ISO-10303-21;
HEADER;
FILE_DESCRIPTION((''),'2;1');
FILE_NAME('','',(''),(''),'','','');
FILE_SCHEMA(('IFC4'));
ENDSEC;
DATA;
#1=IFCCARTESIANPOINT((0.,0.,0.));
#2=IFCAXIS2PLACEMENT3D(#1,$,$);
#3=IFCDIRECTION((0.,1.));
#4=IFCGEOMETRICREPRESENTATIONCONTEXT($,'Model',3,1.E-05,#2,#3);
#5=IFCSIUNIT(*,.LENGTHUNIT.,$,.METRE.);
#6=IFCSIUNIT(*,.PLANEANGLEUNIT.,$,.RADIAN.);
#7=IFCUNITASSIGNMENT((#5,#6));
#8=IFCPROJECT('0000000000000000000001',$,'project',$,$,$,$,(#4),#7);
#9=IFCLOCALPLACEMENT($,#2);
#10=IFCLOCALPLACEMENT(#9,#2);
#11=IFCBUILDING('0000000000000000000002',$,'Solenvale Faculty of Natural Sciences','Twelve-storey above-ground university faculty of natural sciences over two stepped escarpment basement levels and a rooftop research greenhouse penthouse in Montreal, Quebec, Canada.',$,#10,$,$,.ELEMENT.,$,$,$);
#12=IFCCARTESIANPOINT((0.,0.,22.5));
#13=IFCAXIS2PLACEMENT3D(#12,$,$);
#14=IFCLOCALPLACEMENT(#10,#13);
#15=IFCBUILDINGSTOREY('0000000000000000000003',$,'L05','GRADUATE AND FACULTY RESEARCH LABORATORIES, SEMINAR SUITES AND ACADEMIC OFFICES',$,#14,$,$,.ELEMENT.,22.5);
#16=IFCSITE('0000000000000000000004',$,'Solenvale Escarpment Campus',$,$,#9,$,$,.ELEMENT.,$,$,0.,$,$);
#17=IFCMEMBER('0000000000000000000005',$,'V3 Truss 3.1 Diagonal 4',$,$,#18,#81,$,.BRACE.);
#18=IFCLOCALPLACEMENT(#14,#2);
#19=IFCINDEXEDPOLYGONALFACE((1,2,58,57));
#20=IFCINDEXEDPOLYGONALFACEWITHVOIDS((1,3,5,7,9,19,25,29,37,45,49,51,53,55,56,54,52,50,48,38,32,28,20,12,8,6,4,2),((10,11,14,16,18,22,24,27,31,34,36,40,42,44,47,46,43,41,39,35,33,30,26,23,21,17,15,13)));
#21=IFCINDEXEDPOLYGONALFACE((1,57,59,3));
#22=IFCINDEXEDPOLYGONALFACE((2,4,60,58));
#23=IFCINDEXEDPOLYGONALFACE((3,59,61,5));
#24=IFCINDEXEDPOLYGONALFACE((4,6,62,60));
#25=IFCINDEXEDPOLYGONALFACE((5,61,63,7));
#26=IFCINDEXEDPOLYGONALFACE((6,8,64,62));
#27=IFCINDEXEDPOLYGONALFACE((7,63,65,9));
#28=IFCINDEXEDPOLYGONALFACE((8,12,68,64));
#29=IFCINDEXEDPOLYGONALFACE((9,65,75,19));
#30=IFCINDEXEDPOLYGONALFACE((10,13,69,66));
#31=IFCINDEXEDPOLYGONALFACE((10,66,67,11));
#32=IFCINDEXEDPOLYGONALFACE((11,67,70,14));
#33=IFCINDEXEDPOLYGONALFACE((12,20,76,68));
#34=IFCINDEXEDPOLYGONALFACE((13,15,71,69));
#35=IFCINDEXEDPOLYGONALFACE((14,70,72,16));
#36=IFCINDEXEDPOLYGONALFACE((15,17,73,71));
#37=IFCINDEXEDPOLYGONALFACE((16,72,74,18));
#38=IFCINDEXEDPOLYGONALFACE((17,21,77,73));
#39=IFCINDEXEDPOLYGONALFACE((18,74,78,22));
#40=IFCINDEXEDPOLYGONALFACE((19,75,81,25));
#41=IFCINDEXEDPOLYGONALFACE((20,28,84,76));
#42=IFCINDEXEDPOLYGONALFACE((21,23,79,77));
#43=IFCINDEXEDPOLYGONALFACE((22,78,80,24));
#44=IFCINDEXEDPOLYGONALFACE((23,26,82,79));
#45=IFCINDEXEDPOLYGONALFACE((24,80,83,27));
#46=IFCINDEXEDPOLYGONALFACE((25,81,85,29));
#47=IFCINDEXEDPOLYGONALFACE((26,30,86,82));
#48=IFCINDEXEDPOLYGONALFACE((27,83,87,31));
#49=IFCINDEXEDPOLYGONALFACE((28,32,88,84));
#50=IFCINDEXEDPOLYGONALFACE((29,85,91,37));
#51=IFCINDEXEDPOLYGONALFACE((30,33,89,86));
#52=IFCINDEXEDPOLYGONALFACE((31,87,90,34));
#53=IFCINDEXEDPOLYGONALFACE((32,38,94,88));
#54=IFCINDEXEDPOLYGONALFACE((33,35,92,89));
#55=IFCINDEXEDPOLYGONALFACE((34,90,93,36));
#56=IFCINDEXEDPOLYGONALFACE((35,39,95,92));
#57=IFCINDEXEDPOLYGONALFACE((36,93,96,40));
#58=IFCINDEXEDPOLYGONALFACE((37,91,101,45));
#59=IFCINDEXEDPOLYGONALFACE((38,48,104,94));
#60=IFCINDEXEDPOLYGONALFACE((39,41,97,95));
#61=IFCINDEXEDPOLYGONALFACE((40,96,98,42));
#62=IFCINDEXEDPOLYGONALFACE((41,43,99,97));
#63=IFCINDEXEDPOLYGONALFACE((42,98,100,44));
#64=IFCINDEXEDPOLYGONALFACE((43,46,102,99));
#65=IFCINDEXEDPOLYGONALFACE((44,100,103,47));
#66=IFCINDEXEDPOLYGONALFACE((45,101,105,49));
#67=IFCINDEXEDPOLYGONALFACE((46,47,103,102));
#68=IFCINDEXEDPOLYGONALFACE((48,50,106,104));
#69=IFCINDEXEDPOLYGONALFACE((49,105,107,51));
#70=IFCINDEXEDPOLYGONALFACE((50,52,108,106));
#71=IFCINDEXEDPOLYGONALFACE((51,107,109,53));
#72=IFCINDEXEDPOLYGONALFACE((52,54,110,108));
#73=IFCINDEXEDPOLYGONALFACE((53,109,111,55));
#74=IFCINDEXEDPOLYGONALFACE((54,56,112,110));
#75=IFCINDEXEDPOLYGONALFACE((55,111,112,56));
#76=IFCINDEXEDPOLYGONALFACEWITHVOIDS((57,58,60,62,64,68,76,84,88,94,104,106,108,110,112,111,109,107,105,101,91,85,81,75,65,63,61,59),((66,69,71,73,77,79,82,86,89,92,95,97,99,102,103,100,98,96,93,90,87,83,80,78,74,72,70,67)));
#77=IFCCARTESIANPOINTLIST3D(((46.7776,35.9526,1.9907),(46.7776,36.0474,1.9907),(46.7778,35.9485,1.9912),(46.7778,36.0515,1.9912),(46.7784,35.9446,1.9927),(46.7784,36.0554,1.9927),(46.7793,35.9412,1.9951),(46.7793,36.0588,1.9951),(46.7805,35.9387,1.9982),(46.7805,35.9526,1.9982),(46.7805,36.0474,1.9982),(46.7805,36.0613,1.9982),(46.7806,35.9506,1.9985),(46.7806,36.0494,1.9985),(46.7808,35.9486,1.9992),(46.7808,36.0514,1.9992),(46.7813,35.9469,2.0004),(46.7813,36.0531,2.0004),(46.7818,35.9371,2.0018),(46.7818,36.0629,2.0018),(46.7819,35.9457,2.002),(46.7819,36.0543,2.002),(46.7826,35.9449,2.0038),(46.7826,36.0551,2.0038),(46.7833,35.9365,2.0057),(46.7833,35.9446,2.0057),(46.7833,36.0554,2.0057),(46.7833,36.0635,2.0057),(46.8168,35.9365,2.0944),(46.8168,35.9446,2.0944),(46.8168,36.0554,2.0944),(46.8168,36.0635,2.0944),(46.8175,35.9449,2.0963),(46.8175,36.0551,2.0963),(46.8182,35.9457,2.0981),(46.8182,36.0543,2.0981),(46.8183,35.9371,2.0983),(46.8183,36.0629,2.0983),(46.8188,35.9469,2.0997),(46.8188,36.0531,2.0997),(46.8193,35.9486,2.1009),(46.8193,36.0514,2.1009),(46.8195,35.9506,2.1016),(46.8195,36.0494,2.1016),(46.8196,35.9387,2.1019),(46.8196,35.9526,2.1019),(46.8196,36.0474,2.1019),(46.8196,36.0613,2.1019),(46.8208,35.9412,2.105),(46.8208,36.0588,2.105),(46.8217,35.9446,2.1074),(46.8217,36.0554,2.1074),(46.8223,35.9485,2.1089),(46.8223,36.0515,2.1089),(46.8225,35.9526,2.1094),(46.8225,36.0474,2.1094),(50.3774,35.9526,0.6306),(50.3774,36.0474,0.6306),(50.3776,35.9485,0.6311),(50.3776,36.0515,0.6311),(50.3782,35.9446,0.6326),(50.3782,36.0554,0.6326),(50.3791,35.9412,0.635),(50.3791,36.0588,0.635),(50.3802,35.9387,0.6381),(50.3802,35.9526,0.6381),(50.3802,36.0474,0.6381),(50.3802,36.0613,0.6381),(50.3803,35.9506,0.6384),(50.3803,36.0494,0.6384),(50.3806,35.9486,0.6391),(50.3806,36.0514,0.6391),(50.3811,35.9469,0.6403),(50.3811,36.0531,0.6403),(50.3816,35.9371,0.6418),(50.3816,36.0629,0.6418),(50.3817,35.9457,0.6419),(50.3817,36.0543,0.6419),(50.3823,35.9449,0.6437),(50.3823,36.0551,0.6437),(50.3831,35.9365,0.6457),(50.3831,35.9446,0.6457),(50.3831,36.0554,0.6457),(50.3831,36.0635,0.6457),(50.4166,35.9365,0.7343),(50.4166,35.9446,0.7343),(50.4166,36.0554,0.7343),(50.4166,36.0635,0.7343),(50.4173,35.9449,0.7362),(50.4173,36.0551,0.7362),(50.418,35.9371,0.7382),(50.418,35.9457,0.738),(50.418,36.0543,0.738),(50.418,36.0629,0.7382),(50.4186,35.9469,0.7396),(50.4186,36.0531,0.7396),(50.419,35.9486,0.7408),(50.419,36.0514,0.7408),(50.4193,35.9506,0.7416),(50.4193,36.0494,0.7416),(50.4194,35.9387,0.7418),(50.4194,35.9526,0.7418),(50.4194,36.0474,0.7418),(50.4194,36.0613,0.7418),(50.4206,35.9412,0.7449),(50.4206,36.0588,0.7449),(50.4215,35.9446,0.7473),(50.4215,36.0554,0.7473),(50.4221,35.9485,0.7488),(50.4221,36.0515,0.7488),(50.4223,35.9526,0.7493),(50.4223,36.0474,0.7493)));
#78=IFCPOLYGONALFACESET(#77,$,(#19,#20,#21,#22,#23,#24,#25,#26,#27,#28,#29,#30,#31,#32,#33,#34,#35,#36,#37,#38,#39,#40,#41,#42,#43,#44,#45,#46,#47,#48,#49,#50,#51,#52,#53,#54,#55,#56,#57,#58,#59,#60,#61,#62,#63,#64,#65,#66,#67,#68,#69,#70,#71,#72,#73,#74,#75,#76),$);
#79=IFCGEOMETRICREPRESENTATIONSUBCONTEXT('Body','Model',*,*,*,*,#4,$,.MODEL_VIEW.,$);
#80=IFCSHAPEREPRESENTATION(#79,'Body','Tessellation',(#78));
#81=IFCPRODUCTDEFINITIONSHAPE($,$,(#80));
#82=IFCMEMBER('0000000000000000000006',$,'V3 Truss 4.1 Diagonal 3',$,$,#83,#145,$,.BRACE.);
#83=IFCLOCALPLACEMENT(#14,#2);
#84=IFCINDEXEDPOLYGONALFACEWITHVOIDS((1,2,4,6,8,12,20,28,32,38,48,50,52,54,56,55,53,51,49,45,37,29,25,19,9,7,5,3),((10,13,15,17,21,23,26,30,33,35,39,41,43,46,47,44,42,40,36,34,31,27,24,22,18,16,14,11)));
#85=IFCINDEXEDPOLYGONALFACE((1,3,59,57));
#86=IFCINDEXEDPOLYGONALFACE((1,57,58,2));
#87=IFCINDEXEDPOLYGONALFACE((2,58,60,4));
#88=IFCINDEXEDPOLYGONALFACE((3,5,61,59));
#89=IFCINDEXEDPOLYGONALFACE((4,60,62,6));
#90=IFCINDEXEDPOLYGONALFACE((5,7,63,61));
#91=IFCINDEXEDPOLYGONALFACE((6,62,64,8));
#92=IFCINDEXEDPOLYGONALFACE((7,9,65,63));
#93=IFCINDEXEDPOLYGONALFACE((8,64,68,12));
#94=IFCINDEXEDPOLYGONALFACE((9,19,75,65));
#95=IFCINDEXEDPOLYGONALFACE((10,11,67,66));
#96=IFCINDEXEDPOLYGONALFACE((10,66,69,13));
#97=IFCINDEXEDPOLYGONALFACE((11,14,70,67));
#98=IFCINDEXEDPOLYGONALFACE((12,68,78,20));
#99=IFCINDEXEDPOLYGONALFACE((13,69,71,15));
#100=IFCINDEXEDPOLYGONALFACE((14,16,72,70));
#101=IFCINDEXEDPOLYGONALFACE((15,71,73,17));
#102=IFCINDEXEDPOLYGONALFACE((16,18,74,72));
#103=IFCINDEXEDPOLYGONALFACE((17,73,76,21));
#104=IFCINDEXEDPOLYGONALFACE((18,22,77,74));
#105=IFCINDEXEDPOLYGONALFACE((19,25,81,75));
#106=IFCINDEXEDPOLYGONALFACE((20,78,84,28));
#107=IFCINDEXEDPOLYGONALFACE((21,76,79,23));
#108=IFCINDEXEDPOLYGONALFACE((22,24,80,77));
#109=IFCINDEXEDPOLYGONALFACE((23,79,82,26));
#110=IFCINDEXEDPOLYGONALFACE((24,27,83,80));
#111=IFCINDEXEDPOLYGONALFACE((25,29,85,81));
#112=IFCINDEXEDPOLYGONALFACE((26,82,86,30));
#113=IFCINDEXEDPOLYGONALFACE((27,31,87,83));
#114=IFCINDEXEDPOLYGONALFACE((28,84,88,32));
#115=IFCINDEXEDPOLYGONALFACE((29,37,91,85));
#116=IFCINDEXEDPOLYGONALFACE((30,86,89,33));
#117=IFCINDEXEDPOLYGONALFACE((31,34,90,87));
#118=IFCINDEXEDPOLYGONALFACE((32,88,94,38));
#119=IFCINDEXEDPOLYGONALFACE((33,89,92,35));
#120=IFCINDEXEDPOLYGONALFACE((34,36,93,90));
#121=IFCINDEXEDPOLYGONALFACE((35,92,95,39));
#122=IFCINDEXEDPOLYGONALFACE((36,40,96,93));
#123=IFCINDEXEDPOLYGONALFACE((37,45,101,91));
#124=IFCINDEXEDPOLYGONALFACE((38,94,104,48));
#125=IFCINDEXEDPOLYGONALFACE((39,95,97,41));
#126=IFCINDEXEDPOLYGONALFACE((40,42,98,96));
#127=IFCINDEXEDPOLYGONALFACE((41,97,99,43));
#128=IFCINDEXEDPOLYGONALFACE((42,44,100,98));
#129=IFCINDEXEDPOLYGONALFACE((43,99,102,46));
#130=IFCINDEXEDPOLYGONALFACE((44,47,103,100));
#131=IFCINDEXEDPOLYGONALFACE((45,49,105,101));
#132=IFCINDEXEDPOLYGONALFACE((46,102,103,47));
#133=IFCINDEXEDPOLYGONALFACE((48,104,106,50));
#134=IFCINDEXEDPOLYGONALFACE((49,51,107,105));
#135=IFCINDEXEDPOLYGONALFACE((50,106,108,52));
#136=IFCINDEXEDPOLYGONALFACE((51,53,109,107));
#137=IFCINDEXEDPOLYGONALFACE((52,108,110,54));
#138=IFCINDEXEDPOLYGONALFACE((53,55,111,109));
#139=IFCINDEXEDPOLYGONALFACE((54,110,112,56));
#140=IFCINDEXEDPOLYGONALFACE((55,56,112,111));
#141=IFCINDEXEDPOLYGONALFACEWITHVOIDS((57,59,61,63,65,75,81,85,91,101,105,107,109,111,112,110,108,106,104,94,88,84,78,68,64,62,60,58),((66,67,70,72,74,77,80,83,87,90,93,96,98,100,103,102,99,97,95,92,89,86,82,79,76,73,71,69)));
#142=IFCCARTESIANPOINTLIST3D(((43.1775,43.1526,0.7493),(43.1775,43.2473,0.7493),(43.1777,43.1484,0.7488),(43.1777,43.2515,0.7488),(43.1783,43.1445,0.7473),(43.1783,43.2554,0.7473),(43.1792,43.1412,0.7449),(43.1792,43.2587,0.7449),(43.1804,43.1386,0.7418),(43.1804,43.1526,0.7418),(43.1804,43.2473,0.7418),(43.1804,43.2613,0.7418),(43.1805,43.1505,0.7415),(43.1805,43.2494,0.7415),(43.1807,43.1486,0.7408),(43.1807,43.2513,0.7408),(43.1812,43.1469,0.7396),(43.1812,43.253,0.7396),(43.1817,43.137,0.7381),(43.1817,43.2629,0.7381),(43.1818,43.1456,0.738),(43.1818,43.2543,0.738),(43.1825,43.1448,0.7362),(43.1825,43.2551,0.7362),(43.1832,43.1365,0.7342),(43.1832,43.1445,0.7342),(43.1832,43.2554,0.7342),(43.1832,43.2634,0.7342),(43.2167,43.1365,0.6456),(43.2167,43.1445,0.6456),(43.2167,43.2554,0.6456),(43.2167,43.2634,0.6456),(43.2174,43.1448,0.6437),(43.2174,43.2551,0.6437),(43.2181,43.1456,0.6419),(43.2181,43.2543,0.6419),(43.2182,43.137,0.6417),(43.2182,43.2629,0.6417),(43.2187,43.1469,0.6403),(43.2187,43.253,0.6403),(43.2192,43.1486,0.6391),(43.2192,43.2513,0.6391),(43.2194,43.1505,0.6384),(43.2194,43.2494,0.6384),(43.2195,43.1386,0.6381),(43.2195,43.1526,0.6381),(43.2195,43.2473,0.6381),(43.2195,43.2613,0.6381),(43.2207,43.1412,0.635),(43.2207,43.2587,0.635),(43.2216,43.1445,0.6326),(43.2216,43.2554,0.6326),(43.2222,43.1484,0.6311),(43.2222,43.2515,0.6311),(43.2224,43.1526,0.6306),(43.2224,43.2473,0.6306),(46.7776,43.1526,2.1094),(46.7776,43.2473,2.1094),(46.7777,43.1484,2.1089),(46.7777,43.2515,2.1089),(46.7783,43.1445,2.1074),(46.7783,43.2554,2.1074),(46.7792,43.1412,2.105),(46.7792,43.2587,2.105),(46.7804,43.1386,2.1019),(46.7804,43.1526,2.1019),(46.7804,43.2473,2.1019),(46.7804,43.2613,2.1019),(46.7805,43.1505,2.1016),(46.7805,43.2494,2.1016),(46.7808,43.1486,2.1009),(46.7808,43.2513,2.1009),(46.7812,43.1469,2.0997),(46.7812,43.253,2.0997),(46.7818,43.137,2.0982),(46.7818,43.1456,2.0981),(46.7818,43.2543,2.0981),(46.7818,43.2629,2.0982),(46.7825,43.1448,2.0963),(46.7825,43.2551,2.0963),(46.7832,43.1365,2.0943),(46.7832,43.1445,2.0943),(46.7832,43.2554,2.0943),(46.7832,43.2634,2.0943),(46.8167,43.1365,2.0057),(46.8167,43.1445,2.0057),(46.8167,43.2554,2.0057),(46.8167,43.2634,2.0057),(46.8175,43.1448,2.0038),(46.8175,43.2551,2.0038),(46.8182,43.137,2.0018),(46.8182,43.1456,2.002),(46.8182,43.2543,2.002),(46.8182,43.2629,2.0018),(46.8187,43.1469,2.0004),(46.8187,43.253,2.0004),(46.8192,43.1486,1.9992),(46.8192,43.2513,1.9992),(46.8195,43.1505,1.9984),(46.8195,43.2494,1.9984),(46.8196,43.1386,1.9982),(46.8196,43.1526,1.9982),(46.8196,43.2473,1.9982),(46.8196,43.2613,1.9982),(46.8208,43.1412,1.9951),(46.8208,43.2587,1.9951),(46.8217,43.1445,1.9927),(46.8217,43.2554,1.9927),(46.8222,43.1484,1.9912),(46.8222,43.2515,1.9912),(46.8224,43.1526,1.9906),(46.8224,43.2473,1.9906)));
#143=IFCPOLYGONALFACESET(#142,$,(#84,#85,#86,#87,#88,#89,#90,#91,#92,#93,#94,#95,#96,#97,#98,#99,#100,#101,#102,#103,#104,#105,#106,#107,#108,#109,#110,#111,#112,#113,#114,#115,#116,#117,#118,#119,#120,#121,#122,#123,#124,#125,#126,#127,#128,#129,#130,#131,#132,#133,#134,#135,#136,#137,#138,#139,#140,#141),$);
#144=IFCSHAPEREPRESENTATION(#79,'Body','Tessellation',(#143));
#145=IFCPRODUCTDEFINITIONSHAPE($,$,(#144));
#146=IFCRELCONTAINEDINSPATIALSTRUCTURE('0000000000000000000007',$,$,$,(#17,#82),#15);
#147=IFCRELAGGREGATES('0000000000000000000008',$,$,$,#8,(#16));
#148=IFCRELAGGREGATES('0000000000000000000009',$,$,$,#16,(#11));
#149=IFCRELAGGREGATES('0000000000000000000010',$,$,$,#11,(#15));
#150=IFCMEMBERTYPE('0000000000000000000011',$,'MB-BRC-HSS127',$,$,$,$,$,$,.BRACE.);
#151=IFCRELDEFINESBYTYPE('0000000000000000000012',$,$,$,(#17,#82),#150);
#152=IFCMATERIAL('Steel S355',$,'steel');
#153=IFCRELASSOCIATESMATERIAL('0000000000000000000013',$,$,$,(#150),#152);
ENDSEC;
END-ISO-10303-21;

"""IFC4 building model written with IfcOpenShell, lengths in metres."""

from ifc_helpers import new_model, si_unit, direction, frame, origin, origin_2d, place, context, subcontext, project, spatial, hollow_rectangle, extrude, material, material_profile, profile_set, type_object, element, save


model = new_model("IFC4")

# Units and contexts
model_context = context("Model", 3, precision=1e-05, world=origin(), true_north=direction((0.0, 1.0)))
body_context = subcontext(model_context, "Body", "Model", "MODEL_VIEW")
ifc_project = project(units=[si_unit("LENGTHUNIT", "METRE"), si_unit("PLANEANGLEUNIT", "RADIAN")], contexts=[model_context])

# Site, building, storey
site_placement = place(None, origin())
site = spatial("IfcSite", under=ifc_project, at=site_placement, Name="Solenvale Escarpment Campus", CompositionType="ELEMENT", RefElevation=0.0)
building_placement = place(site_placement, origin())
building = spatial("IfcBuilding", under=site, at=building_placement, Name="Solenvale Faculty of Natural Sciences", Description="Twelve-storey above-ground university faculty of natural sciences over two stepped escarpment basement levels and a rooftop research greenhouse penthouse in Montreal, Quebec, Canada.", CompositionType="ELEMENT")
storey_placement = place(building_placement, frame((0.0, 0.0, 22.5)))
storey = spatial("IfcBuildingStorey", under=building, at=storey_placement, Name="L05", Description="GRADUATE AND FACULTY RESEARCH LABORATORIES, SEMINAR SUITES AND ACADEMIC OFFICES", CompositionType="ELEMENT", Elevation=22.5)

# Members
ifc_material_1 = material(Name="Steel S355", Category="steel")
ifc_material_profile_1 = material_profile(ifc_material_1, hollow_rectangle(XDim=0.127, YDim=0.127, WallThickness=0.0081, InnerFilletRadius=0.0081, OuterFilletRadius=0.0161, at=origin_2d()), Name="HSS127x127x8.0")
ifc_profile_set_1 = profile_set([ifc_material_profile_1], Name="Steel S355")
member_type_1 = type_object("IfcMemberType", Name="MB-BRC-HSS127", PredefinedType="BRACE", material=ifc_profile_set_1)
member_1_placement = place(storey_placement, frame((46.8, 36.0, 2.05), z_axis=(0.935458, 0.0, -0.353438), x_axis=(0.0, 1.0, 0.0)))
element("IfcMember", 1, at=member_1_placement, inside=storey, type_object=member_type_1, Name="V3 Truss 3.1 Diagonal 4", PredefinedType="BRACE", context=body_context, shape_type="SweptSolid", body=[
    extrude(hollow_rectangle(XDim=0.127, YDim=0.127, WallThickness=0.0081, InnerFilletRadius=0.0081, OuterFilletRadius=0.0161, at=origin_2d()), origin(), (0.0, 0.0, 1.0), 3.8481),
])
member_2_placement = place(storey_placement, frame((43.2, 43.2, 0.6899), z_axis=(0.935466, 0.0, 0.353417), x_axis=(0.0, 1.0, 0.0)))
element("IfcMember", 2, at=member_2_placement, inside=storey, type_object=member_type_1, Name="V3 Truss 4.1 Diagonal 3", PredefinedType="BRACE", context=body_context, shape_type="SweptSolid", body=[
    extrude(hollow_rectangle(XDim=0.127, YDim=0.127, WallThickness=0.0081, InnerFilletRadius=0.0081, OuterFilletRadius=0.0161, at=origin_2d()), origin(), (0.0, 0.0, 1.0), 3.8484),
])

save(model, "model.ifc")
